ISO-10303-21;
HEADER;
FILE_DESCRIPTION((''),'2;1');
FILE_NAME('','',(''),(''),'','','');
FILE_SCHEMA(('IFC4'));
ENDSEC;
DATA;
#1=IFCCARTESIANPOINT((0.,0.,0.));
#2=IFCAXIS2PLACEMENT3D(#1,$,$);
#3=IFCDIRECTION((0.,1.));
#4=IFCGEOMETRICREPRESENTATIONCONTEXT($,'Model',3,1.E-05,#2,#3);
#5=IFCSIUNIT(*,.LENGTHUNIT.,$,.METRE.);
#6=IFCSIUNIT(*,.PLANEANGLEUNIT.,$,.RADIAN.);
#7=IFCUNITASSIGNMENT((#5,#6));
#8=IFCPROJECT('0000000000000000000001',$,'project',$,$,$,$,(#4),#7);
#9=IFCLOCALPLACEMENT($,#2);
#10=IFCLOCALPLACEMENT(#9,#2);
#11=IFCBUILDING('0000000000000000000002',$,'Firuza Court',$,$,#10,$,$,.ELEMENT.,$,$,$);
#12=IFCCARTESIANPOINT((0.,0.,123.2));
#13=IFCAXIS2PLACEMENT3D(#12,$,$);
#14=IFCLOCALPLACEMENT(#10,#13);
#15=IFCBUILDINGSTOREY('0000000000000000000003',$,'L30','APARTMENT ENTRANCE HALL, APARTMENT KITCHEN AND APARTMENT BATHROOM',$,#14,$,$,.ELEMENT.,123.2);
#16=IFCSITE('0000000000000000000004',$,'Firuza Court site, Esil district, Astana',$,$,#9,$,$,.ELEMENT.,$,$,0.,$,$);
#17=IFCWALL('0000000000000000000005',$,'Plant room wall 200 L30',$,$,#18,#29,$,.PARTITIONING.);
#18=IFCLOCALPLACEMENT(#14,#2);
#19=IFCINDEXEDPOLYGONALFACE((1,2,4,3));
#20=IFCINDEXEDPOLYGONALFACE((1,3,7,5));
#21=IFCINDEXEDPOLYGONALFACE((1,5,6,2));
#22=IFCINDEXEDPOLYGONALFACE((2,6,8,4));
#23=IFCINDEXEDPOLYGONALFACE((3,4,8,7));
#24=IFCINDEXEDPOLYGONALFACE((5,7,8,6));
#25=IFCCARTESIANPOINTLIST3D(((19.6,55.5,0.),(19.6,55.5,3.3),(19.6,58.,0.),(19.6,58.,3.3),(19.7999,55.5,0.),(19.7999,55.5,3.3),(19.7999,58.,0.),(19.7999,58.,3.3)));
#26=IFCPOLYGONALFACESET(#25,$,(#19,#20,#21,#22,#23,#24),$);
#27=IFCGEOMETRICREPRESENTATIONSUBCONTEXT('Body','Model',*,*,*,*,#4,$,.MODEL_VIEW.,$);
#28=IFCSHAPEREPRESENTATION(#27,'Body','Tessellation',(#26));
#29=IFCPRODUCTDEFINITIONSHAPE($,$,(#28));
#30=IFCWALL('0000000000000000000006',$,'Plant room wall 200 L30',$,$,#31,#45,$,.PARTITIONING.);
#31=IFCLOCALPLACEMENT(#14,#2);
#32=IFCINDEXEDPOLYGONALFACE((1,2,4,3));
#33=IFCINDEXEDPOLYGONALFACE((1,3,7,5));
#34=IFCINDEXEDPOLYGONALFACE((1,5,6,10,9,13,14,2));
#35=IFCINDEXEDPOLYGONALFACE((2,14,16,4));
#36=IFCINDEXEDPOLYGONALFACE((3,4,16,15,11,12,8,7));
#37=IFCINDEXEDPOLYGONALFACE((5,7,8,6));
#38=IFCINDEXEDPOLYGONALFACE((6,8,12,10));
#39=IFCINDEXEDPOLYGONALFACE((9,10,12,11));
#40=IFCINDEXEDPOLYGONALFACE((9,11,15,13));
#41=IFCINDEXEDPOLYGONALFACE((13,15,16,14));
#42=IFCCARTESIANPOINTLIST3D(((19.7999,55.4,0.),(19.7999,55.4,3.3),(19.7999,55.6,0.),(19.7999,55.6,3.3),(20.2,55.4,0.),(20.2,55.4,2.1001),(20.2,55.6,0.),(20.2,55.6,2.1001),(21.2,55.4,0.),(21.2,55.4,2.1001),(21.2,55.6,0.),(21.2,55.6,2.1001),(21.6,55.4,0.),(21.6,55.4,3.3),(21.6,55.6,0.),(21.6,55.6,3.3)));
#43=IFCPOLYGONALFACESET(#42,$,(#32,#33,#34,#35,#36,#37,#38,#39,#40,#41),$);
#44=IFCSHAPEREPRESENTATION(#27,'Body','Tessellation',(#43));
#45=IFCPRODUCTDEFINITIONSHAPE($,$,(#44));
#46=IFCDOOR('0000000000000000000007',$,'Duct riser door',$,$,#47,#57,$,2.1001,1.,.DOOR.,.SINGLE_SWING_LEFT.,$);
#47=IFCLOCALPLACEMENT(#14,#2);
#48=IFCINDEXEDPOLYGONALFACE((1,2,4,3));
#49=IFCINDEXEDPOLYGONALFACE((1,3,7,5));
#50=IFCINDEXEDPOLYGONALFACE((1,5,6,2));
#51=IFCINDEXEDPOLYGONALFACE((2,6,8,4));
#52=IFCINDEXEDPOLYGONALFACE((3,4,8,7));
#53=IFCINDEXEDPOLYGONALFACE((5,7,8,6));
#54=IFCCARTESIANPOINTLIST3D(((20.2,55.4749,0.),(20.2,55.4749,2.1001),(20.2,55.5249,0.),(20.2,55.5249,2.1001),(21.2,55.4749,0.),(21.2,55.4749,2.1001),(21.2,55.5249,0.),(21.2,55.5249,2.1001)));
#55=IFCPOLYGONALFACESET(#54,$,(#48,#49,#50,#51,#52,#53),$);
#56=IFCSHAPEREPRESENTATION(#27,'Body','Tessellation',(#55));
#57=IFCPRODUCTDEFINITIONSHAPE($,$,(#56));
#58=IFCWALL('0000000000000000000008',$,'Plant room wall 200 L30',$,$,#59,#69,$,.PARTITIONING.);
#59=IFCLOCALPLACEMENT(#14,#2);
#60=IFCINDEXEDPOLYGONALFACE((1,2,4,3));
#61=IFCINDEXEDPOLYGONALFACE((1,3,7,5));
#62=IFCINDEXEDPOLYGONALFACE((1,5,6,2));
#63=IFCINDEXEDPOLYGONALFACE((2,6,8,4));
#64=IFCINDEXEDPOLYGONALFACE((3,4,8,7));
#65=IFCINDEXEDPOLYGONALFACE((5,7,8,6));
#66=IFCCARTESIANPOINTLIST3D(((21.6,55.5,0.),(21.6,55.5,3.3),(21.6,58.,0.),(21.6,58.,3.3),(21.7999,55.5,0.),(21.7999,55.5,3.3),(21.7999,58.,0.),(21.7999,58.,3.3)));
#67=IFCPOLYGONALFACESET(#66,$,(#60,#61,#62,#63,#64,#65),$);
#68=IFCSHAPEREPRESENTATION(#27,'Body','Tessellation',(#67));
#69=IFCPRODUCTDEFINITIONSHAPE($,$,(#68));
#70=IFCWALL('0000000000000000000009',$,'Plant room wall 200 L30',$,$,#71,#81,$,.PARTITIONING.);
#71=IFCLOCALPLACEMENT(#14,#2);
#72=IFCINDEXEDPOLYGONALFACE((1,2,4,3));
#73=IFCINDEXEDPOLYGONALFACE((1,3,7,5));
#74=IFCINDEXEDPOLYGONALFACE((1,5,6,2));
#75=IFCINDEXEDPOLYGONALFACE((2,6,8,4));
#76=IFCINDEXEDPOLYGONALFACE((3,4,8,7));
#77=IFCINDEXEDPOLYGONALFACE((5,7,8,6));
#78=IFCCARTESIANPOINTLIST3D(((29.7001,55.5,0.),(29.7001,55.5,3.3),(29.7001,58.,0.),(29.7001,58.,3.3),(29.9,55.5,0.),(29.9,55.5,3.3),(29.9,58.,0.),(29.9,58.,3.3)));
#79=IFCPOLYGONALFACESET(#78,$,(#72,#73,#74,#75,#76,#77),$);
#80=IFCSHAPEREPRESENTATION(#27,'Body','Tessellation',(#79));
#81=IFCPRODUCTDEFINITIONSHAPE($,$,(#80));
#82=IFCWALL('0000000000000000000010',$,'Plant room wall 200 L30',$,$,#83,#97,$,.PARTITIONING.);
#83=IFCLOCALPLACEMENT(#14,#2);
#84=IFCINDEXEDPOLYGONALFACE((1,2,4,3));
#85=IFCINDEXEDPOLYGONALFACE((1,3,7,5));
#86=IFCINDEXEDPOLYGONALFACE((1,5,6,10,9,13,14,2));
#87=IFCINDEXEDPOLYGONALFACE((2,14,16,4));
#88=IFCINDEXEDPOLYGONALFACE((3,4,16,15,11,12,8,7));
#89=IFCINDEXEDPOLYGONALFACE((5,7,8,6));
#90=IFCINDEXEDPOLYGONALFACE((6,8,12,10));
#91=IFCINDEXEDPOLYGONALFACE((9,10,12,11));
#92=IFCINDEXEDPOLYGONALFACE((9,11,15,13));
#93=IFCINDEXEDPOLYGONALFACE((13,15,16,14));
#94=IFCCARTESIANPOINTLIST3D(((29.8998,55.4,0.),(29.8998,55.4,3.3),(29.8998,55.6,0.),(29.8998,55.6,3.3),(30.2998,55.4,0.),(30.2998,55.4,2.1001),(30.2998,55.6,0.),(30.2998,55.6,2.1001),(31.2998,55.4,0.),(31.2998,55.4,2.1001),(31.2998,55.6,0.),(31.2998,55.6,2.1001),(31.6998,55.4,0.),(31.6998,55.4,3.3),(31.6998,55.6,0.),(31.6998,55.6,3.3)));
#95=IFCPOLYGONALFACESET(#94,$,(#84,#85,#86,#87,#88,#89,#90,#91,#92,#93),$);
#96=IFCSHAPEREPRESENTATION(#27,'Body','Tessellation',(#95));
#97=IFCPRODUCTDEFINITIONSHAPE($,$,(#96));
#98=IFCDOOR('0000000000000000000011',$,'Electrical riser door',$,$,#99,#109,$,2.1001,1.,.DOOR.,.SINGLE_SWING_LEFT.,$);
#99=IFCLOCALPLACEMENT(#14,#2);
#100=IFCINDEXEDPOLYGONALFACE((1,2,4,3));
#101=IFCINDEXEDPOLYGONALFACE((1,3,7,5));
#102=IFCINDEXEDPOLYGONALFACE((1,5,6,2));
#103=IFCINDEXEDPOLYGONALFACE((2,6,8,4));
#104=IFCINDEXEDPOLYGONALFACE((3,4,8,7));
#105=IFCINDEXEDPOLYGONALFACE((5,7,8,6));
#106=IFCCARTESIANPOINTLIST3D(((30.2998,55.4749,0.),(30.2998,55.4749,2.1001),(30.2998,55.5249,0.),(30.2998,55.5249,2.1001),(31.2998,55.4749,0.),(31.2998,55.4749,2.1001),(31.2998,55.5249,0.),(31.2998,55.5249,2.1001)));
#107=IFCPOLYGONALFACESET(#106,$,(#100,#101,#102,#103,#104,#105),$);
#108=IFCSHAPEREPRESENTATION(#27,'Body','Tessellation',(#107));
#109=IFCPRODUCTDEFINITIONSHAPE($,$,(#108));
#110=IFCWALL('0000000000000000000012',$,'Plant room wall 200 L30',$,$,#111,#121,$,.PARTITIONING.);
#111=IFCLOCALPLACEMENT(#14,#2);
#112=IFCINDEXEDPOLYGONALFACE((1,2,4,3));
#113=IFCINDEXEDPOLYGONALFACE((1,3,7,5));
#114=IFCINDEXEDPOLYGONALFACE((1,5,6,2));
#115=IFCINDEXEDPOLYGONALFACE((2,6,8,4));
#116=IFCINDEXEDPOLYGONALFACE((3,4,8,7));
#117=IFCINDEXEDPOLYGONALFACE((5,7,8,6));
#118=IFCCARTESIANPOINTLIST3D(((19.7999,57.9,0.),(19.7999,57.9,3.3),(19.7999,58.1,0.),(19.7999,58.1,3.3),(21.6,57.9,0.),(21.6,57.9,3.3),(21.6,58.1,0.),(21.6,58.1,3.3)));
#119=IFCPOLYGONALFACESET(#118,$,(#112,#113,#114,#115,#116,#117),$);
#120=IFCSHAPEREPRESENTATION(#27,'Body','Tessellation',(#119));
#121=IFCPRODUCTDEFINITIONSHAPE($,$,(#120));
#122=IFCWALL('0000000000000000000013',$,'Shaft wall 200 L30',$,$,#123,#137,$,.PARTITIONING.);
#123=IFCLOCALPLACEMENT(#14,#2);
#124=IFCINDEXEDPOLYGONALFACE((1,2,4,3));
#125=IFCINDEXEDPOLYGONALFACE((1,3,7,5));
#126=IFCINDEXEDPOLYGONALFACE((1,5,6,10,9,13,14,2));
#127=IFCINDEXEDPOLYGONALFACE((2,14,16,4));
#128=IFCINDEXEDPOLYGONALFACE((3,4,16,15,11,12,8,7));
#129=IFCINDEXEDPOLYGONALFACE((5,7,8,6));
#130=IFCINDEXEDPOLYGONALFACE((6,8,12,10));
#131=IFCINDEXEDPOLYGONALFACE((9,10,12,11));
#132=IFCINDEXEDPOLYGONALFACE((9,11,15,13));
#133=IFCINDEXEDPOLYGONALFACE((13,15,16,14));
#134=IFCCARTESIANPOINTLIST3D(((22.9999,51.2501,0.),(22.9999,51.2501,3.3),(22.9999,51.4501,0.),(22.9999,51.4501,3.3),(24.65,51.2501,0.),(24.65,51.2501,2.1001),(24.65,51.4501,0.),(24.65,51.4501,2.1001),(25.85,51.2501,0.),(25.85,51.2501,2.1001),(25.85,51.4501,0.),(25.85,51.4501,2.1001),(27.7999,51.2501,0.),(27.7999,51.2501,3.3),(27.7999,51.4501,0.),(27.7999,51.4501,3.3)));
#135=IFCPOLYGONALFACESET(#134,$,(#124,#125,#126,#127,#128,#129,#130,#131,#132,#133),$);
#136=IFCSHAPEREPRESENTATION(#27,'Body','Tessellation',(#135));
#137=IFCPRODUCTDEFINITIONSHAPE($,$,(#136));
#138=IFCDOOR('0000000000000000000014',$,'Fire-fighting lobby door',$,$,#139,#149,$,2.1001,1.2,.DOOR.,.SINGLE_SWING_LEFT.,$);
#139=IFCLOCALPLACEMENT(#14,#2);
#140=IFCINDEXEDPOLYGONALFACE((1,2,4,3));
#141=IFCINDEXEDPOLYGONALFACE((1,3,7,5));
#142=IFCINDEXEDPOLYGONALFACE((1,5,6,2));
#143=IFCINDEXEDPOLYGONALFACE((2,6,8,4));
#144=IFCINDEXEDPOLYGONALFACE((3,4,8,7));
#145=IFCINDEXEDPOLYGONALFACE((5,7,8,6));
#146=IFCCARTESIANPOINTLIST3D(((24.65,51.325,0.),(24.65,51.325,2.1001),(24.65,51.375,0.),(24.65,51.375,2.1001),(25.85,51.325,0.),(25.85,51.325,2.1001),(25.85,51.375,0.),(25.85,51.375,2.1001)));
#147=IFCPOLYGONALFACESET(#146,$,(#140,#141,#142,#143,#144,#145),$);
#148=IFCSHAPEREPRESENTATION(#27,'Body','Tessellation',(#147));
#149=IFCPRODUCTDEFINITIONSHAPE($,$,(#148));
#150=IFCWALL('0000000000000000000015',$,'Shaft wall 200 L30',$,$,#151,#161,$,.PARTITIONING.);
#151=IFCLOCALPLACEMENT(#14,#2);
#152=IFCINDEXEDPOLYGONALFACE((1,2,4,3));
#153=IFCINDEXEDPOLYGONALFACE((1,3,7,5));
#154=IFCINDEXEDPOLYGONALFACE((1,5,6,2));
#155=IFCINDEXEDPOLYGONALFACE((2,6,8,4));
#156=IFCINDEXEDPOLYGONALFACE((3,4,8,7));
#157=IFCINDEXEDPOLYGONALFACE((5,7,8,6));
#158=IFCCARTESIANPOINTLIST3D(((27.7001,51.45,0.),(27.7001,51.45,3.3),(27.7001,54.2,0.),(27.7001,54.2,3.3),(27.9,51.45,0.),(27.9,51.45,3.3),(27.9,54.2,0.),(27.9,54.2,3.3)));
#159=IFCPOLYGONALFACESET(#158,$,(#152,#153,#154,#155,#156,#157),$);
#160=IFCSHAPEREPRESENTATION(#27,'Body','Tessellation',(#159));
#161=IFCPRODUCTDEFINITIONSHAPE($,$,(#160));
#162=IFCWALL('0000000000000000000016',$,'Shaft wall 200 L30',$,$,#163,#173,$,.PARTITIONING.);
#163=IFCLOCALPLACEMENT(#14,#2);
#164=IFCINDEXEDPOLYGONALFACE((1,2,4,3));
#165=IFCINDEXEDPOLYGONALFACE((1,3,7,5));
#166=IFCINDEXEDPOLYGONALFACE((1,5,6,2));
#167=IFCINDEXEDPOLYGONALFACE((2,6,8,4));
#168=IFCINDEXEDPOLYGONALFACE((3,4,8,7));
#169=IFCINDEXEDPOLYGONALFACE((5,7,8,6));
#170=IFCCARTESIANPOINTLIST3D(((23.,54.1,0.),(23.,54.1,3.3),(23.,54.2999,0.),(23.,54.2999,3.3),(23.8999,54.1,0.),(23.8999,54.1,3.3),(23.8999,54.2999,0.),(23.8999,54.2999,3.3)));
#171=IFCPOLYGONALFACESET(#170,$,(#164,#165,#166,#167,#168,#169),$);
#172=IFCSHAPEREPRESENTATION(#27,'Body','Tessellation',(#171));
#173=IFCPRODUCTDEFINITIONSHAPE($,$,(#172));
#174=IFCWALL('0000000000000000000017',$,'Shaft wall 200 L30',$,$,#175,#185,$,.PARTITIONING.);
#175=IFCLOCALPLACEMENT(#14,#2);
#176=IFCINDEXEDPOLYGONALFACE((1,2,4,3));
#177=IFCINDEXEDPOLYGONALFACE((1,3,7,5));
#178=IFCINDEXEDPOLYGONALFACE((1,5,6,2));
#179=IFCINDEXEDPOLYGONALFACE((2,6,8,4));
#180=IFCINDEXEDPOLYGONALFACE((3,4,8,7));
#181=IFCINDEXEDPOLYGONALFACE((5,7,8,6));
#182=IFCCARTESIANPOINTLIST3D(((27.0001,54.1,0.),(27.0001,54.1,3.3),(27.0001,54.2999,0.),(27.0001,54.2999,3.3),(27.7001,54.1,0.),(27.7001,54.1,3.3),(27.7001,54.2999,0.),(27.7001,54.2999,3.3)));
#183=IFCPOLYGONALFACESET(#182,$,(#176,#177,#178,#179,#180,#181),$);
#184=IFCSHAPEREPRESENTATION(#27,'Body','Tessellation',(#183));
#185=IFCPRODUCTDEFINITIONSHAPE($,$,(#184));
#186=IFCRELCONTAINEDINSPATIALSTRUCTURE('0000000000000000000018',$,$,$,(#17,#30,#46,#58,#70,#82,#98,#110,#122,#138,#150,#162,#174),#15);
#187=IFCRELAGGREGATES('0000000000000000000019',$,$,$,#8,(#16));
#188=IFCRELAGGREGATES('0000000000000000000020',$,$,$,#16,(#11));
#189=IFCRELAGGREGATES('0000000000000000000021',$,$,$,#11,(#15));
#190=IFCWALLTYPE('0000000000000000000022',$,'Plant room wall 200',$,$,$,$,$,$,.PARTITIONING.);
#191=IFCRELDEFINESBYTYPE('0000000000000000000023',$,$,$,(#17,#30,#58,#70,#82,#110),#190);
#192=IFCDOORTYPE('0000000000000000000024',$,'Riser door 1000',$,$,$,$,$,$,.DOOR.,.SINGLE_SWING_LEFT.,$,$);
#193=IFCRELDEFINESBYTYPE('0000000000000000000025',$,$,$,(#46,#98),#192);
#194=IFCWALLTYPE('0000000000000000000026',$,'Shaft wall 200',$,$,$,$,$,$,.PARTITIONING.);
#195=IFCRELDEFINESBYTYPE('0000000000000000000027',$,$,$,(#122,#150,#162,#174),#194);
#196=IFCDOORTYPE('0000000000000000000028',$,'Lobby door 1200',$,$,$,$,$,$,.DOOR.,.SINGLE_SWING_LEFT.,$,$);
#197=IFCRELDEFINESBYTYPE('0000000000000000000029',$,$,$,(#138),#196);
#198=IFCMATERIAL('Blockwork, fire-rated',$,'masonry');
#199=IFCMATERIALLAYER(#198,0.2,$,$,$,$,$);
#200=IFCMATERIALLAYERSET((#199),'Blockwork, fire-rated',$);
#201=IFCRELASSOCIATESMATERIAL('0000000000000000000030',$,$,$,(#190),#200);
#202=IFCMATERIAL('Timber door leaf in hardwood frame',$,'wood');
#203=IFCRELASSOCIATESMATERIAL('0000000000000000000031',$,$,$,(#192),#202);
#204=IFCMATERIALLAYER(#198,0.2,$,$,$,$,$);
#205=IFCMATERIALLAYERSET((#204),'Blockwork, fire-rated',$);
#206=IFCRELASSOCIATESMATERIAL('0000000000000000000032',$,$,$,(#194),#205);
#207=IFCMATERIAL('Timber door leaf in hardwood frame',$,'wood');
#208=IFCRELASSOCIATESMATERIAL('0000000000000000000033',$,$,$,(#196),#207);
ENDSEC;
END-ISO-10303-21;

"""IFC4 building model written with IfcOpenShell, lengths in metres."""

from ifc_helpers import new_model, si_unit, direction, frame, frame_2d, origin, place, context, subcontext, project, spatial, rectangle, extrude, material, layer, layer_set, type_object, element, fill, save


model = new_model("IFC4")

# Units and contexts
model_context = context("Model", 3, precision=1e-05, world=origin(), true_north=direction((0.0, 1.0)))
body_context = subcontext(model_context, "Body", "Model", "MODEL_VIEW")
ifc_project = project(units=[si_unit("LENGTHUNIT", "METRE"), si_unit("PLANEANGLEUNIT", "RADIAN")], contexts=[model_context])

# Site, building, storey
site_placement = place(None, origin())
site = spatial("IfcSite", under=ifc_project, at=site_placement, Name="Firuza Court site, Esil district, Astana", CompositionType="ELEMENT", RefElevation=0.0)
building_placement = place(site_placement, origin())
building = spatial("IfcBuilding", under=site, at=building_placement, Name="Firuza Court", CompositionType="ELEMENT")
storey_placement = place(building_placement, frame((0.0, 0.0, 123.2)))
storey = spatial("IfcBuildingStorey", under=building, at=storey_placement, Name="L30", Description="APARTMENT ENTRANCE HALL, APARTMENT KITCHEN AND APARTMENT BATHROOM", CompositionType="ELEMENT", Elevation=123.2)

# Wall
ifc_material_1 = material(Name="Blockwork, fire-rated", Category="masonry")
ifc_layer_1 = layer(ifc_material_1, 0.2)
ifc_layer_set_1 = layer_set([ifc_layer_1], Name="Blockwork, fire-rated")
wall_type_1 = type_object("IfcWallType", Name="Plant room wall 200", PredefinedType="PARTITIONING", material=ifc_layer_set_1)
wall_1_placement = place(storey_placement, frame((19.7, 55.5, 0.0), z_axis=(0.0, 0.0, 1.0), x_axis=(0.0, 1.0, 0.0)))
element("IfcWall", 1, at=wall_1_placement, inside=storey, type_object=wall_type_1, Name="Plant room wall 200 L30", PredefinedType="PARTITIONING", context=body_context, shape_type="SweptSolid", body=[
    extrude(rectangle(XDim=2.5, YDim=0.2, at=frame_2d((1.25, 0.0))), origin(), (0.0, 0.0, 1.0), 3.3),
])

# Wall, opening, door
wall_2_placement = place(storey_placement, frame((19.8, 55.5, 0.0), z_axis=(0.0, 0.0, 1.0), x_axis=(1.0, 0.0, 0.0)))
wall_2 = element("IfcWall", 2, at=wall_2_placement, inside=storey, type_object=wall_type_1, Name="Plant room wall 200 L30", PredefinedType="PARTITIONING", context=body_context, shape_type="SweptSolid", body=[
    extrude(rectangle(XDim=1.8, YDim=0.2, at=frame_2d((0.8999, 0.0))), origin(), (0.0, 0.0, 1.0), 3.3),
])
opening_1_placement = place(wall_2_placement, frame((0.3999, 0.0, 0.0)))
opening_1 = element("IfcOpeningElement", 3, at=opening_1_placement, cuts=wall_2, PredefinedType="OPENING", context=body_context, shape_type="SweptSolid", body=[
    extrude(rectangle(XDim=1.0, YDim=2.1001, at=frame_2d((0.5, 1.05))), frame((0.0, 0.1118, 0.0), z_axis=(0.0, -1.0, 0.0), x_axis=(1.0, 0.0, 0.0)), (0.0, 0.0, 1.0), 0.2239),
])
ifc_material_2 = material(Name="Timber door leaf in hardwood frame", Category="wood")
door_type_1 = type_object("IfcDoorType", Name="Riser door 1000", OperationType="SINGLE_SWING_LEFT", PredefinedType="DOOR", material=ifc_material_2)
door_1_placement = place(opening_1_placement, origin())
door_1 = element("IfcDoor", 4, at=door_1_placement, inside=storey, type_object=door_type_1, Name="Duct riser door", OperationType="SINGLE_SWING_LEFT", OverallHeight=2.1001, OverallWidth=1.0, PredefinedType="DOOR", context=body_context, shape_type="SweptSolid", body=[
    extrude(rectangle(XDim=1.0, YDim=2.1001, at=frame_2d((0.5, 1.05))), frame((0.0, 0.0249, 0.0), z_axis=(0.0, -1.0, 0.0), x_axis=(1.0, 0.0, 0.0)), (0.0, 0.0, 1.0), 0.05),
])
fill(opening_1, door_1)

# Walls
for number, where, z_axis, x_axis, name in (
    (5, (21.7, 55.5, 0.0), (0.0, 0.0, 1.0), (0.0, 1.0, 0.0), "Plant room wall 200 L30"),
    (6, (29.8, 55.5, 0.0), (0.0, 0.0, 1.0), (0.0, 1.0, 0.0), "Plant room wall 200 L30"),
):
    element("IfcWall", number, at=place(storey_placement, frame(where, z_axis=z_axis, x_axis=x_axis)), inside=storey, type_object=wall_type_1, Name=name, PredefinedType="PARTITIONING", context=body_context, shape_type="SweptSolid", body=[
        extrude(rectangle(XDim=2.5, YDim=0.2, at=frame_2d((1.25, 0.0))), origin(), (0.0, 0.0, 1.0), 3.3),
    ])

# Wall, opening, door
wall_3_placement = place(storey_placement, frame((29.8999, 55.5, 0.0), z_axis=(0.0, 0.0, 1.0), x_axis=(1.0, 0.0, 0.0)))
wall_3 = element("IfcWall", 7, at=wall_3_placement, inside=storey, type_object=wall_type_1, Name="Plant room wall 200 L30", PredefinedType="PARTITIONING", context=body_context, shape_type="SweptSolid", body=[
    extrude(rectangle(XDim=1.8, YDim=0.2, at=frame_2d((0.8999, 0.0))), origin(), (0.0, 0.0, 1.0), 3.3),
])
opening_2_placement = place(wall_3_placement, frame((0.3999, 0.0, 0.0)))
opening_2 = element("IfcOpeningElement", 8, at=opening_2_placement, cuts=wall_3, PredefinedType="OPENING", context=body_context, shape_type="SweptSolid", body=[
    extrude(rectangle(XDim=1.0, YDim=2.1001, at=frame_2d((0.5, 1.05))), frame((0.0, 0.1118, 0.0), z_axis=(0.0, -1.0, 0.0), x_axis=(1.0, 0.0, 0.0)), (0.0, 0.0, 1.0), 0.2239),
])
door_2_placement = place(opening_2_placement, origin())
door_2 = element("IfcDoor", 9, at=door_2_placement, inside=storey, type_object=door_type_1, Name="Electrical riser door", OperationType="SINGLE_SWING_LEFT", OverallHeight=2.1001, OverallWidth=1.0, PredefinedType="DOOR", context=body_context, shape_type="SweptSolid", body=[
    extrude(rectangle(XDim=1.0, YDim=2.1001, at=frame_2d((0.5, 1.05))), frame((0.0, 0.0249, 0.0), z_axis=(0.0, -1.0, 0.0), x_axis=(1.0, 0.0, 0.0)), (0.0, 0.0, 1.0), 0.05),
])
fill(opening_2, door_2)

# Wall
wall_4_placement = place(storey_placement, frame((19.8, 58.0, 0.0), z_axis=(0.0, 0.0, 1.0), x_axis=(1.0, 0.0, 0.0)))
element("IfcWall", 10, at=wall_4_placement, inside=storey, type_object=wall_type_1, Name="Plant room wall 200 L30", PredefinedType="PARTITIONING", context=body_context, shape_type="SweptSolid", body=[
    extrude(rectangle(XDim=1.8, YDim=0.2, at=frame_2d((0.8999, 0.0))), origin(), (0.0, 0.0, 1.0), 3.3),
])

# Wall, opening, door
ifc_layer_2 = layer(ifc_material_1, 0.2)
ifc_layer_set_2 = layer_set([ifc_layer_2], Name="Blockwork, fire-rated")
wall_type_2 = type_object("IfcWallType", Name="Shaft wall 200", PredefinedType="PARTITIONING", material=ifc_layer_set_2)
wall_5_placement = place(storey_placement, frame((23.0, 51.3501, 0.0), z_axis=(0.0, 0.0, 1.0), x_axis=(1.0, 0.0, 0.0)))
wall_5 = element("IfcWall", 11, at=wall_5_placement, inside=storey, type_object=wall_type_2, Name="Shaft wall 200 L30", PredefinedType="PARTITIONING", context=body_context, shape_type="SweptSolid", body=[
    extrude(rectangle(XDim=4.8, YDim=0.2, at=frame_2d((2.3999, 0.0))), origin(), (0.0, 0.0, 1.0), 3.3),
])
opening_3_placement = place(wall_5_placement, frame((1.6499, 0.0, 0.0)))
opening_3 = element("IfcOpeningElement", 12, at=opening_3_placement, cuts=wall_5, PredefinedType="OPENING", context=body_context, shape_type="SweptSolid", body=[
    extrude(rectangle(XDim=1.2, YDim=2.1001, at=frame_2d((0.6001, 1.05))), frame((0.0, 0.1118, 0.0), z_axis=(0.0, -1.0, 0.0), x_axis=(1.0, 0.0, 0.0)), (0.0, 0.0, 1.0), 0.2239),
])
ifc_material_3 = material(Name="Timber door leaf in hardwood frame", Category="wood")
door_type_2 = type_object("IfcDoorType", Name="Lobby door 1200", OperationType="SINGLE_SWING_LEFT", PredefinedType="DOOR", material=ifc_material_3)
door_3_placement = place(opening_3_placement, origin())
door_3 = element("IfcDoor", 13, at=door_3_placement, inside=storey, type_object=door_type_2, Name="Fire-fighting lobby door", OperationType="SINGLE_SWING_LEFT", OverallHeight=2.1001, OverallWidth=1.2, PredefinedType="DOOR", context=body_context, shape_type="SweptSolid", body=[
    extrude(rectangle(XDim=1.2, YDim=2.1001, at=frame_2d((0.6001, 1.05))), frame((0.0, 0.0249, 0.0), z_axis=(0.0, -1.0, 0.0), x_axis=(1.0, 0.0, 0.0)), (0.0, 0.0, 1.0), 0.05),
])
fill(opening_3, door_3)

# Walls
wall_6_placement = place(storey_placement, frame((27.8, 51.45, 0.0), z_axis=(0.0, 0.0, 1.0), x_axis=(0.0, 1.0, 0.0)))
element("IfcWall", 14, at=wall_6_placement, inside=storey, type_object=wall_type_2, Name="Shaft wall 200 L30", PredefinedType="PARTITIONING", context=body_context, shape_type="SweptSolid", body=[
    extrude(rectangle(XDim=2.75, YDim=0.2, at=frame_2d((1.375, 0.0))), origin(), (0.0, 0.0, 1.0), 3.3),
])
wall_7_placement = place(storey_placement, frame((23.0, 54.2, 0.0), z_axis=(0.0, 0.0, 1.0), x_axis=(1.0, 0.0, 0.0)))
element("IfcWall", 15, at=wall_7_placement, inside=storey, type_object=wall_type_2, Name="Shaft wall 200 L30", PredefinedType="PARTITIONING", context=body_context, shape_type="SweptSolid", body=[
    extrude(rectangle(XDim=0.8999, YDim=0.2, at=frame_2d((0.45, 0.0))), origin(), (0.0, 0.0, 1.0), 3.3),
])
wall_8_placement = place(storey_placement, frame((27.0, 54.2, 0.0), z_axis=(0.0, 0.0, 1.0), x_axis=(1.0, 0.0, 0.0)))
element("IfcWall", 16, at=wall_8_placement, inside=storey, type_object=wall_type_2, Name="Shaft wall 200 L30", PredefinedType="PARTITIONING", context=body_context, shape_type="SweptSolid", body=[
    extrude(rectangle(XDim=0.7, YDim=0.2, at=frame_2d((0.3501, 0.0))), origin(), (0.0, 0.0, 1.0), 3.3),
])

save(model, "model.ifc")
